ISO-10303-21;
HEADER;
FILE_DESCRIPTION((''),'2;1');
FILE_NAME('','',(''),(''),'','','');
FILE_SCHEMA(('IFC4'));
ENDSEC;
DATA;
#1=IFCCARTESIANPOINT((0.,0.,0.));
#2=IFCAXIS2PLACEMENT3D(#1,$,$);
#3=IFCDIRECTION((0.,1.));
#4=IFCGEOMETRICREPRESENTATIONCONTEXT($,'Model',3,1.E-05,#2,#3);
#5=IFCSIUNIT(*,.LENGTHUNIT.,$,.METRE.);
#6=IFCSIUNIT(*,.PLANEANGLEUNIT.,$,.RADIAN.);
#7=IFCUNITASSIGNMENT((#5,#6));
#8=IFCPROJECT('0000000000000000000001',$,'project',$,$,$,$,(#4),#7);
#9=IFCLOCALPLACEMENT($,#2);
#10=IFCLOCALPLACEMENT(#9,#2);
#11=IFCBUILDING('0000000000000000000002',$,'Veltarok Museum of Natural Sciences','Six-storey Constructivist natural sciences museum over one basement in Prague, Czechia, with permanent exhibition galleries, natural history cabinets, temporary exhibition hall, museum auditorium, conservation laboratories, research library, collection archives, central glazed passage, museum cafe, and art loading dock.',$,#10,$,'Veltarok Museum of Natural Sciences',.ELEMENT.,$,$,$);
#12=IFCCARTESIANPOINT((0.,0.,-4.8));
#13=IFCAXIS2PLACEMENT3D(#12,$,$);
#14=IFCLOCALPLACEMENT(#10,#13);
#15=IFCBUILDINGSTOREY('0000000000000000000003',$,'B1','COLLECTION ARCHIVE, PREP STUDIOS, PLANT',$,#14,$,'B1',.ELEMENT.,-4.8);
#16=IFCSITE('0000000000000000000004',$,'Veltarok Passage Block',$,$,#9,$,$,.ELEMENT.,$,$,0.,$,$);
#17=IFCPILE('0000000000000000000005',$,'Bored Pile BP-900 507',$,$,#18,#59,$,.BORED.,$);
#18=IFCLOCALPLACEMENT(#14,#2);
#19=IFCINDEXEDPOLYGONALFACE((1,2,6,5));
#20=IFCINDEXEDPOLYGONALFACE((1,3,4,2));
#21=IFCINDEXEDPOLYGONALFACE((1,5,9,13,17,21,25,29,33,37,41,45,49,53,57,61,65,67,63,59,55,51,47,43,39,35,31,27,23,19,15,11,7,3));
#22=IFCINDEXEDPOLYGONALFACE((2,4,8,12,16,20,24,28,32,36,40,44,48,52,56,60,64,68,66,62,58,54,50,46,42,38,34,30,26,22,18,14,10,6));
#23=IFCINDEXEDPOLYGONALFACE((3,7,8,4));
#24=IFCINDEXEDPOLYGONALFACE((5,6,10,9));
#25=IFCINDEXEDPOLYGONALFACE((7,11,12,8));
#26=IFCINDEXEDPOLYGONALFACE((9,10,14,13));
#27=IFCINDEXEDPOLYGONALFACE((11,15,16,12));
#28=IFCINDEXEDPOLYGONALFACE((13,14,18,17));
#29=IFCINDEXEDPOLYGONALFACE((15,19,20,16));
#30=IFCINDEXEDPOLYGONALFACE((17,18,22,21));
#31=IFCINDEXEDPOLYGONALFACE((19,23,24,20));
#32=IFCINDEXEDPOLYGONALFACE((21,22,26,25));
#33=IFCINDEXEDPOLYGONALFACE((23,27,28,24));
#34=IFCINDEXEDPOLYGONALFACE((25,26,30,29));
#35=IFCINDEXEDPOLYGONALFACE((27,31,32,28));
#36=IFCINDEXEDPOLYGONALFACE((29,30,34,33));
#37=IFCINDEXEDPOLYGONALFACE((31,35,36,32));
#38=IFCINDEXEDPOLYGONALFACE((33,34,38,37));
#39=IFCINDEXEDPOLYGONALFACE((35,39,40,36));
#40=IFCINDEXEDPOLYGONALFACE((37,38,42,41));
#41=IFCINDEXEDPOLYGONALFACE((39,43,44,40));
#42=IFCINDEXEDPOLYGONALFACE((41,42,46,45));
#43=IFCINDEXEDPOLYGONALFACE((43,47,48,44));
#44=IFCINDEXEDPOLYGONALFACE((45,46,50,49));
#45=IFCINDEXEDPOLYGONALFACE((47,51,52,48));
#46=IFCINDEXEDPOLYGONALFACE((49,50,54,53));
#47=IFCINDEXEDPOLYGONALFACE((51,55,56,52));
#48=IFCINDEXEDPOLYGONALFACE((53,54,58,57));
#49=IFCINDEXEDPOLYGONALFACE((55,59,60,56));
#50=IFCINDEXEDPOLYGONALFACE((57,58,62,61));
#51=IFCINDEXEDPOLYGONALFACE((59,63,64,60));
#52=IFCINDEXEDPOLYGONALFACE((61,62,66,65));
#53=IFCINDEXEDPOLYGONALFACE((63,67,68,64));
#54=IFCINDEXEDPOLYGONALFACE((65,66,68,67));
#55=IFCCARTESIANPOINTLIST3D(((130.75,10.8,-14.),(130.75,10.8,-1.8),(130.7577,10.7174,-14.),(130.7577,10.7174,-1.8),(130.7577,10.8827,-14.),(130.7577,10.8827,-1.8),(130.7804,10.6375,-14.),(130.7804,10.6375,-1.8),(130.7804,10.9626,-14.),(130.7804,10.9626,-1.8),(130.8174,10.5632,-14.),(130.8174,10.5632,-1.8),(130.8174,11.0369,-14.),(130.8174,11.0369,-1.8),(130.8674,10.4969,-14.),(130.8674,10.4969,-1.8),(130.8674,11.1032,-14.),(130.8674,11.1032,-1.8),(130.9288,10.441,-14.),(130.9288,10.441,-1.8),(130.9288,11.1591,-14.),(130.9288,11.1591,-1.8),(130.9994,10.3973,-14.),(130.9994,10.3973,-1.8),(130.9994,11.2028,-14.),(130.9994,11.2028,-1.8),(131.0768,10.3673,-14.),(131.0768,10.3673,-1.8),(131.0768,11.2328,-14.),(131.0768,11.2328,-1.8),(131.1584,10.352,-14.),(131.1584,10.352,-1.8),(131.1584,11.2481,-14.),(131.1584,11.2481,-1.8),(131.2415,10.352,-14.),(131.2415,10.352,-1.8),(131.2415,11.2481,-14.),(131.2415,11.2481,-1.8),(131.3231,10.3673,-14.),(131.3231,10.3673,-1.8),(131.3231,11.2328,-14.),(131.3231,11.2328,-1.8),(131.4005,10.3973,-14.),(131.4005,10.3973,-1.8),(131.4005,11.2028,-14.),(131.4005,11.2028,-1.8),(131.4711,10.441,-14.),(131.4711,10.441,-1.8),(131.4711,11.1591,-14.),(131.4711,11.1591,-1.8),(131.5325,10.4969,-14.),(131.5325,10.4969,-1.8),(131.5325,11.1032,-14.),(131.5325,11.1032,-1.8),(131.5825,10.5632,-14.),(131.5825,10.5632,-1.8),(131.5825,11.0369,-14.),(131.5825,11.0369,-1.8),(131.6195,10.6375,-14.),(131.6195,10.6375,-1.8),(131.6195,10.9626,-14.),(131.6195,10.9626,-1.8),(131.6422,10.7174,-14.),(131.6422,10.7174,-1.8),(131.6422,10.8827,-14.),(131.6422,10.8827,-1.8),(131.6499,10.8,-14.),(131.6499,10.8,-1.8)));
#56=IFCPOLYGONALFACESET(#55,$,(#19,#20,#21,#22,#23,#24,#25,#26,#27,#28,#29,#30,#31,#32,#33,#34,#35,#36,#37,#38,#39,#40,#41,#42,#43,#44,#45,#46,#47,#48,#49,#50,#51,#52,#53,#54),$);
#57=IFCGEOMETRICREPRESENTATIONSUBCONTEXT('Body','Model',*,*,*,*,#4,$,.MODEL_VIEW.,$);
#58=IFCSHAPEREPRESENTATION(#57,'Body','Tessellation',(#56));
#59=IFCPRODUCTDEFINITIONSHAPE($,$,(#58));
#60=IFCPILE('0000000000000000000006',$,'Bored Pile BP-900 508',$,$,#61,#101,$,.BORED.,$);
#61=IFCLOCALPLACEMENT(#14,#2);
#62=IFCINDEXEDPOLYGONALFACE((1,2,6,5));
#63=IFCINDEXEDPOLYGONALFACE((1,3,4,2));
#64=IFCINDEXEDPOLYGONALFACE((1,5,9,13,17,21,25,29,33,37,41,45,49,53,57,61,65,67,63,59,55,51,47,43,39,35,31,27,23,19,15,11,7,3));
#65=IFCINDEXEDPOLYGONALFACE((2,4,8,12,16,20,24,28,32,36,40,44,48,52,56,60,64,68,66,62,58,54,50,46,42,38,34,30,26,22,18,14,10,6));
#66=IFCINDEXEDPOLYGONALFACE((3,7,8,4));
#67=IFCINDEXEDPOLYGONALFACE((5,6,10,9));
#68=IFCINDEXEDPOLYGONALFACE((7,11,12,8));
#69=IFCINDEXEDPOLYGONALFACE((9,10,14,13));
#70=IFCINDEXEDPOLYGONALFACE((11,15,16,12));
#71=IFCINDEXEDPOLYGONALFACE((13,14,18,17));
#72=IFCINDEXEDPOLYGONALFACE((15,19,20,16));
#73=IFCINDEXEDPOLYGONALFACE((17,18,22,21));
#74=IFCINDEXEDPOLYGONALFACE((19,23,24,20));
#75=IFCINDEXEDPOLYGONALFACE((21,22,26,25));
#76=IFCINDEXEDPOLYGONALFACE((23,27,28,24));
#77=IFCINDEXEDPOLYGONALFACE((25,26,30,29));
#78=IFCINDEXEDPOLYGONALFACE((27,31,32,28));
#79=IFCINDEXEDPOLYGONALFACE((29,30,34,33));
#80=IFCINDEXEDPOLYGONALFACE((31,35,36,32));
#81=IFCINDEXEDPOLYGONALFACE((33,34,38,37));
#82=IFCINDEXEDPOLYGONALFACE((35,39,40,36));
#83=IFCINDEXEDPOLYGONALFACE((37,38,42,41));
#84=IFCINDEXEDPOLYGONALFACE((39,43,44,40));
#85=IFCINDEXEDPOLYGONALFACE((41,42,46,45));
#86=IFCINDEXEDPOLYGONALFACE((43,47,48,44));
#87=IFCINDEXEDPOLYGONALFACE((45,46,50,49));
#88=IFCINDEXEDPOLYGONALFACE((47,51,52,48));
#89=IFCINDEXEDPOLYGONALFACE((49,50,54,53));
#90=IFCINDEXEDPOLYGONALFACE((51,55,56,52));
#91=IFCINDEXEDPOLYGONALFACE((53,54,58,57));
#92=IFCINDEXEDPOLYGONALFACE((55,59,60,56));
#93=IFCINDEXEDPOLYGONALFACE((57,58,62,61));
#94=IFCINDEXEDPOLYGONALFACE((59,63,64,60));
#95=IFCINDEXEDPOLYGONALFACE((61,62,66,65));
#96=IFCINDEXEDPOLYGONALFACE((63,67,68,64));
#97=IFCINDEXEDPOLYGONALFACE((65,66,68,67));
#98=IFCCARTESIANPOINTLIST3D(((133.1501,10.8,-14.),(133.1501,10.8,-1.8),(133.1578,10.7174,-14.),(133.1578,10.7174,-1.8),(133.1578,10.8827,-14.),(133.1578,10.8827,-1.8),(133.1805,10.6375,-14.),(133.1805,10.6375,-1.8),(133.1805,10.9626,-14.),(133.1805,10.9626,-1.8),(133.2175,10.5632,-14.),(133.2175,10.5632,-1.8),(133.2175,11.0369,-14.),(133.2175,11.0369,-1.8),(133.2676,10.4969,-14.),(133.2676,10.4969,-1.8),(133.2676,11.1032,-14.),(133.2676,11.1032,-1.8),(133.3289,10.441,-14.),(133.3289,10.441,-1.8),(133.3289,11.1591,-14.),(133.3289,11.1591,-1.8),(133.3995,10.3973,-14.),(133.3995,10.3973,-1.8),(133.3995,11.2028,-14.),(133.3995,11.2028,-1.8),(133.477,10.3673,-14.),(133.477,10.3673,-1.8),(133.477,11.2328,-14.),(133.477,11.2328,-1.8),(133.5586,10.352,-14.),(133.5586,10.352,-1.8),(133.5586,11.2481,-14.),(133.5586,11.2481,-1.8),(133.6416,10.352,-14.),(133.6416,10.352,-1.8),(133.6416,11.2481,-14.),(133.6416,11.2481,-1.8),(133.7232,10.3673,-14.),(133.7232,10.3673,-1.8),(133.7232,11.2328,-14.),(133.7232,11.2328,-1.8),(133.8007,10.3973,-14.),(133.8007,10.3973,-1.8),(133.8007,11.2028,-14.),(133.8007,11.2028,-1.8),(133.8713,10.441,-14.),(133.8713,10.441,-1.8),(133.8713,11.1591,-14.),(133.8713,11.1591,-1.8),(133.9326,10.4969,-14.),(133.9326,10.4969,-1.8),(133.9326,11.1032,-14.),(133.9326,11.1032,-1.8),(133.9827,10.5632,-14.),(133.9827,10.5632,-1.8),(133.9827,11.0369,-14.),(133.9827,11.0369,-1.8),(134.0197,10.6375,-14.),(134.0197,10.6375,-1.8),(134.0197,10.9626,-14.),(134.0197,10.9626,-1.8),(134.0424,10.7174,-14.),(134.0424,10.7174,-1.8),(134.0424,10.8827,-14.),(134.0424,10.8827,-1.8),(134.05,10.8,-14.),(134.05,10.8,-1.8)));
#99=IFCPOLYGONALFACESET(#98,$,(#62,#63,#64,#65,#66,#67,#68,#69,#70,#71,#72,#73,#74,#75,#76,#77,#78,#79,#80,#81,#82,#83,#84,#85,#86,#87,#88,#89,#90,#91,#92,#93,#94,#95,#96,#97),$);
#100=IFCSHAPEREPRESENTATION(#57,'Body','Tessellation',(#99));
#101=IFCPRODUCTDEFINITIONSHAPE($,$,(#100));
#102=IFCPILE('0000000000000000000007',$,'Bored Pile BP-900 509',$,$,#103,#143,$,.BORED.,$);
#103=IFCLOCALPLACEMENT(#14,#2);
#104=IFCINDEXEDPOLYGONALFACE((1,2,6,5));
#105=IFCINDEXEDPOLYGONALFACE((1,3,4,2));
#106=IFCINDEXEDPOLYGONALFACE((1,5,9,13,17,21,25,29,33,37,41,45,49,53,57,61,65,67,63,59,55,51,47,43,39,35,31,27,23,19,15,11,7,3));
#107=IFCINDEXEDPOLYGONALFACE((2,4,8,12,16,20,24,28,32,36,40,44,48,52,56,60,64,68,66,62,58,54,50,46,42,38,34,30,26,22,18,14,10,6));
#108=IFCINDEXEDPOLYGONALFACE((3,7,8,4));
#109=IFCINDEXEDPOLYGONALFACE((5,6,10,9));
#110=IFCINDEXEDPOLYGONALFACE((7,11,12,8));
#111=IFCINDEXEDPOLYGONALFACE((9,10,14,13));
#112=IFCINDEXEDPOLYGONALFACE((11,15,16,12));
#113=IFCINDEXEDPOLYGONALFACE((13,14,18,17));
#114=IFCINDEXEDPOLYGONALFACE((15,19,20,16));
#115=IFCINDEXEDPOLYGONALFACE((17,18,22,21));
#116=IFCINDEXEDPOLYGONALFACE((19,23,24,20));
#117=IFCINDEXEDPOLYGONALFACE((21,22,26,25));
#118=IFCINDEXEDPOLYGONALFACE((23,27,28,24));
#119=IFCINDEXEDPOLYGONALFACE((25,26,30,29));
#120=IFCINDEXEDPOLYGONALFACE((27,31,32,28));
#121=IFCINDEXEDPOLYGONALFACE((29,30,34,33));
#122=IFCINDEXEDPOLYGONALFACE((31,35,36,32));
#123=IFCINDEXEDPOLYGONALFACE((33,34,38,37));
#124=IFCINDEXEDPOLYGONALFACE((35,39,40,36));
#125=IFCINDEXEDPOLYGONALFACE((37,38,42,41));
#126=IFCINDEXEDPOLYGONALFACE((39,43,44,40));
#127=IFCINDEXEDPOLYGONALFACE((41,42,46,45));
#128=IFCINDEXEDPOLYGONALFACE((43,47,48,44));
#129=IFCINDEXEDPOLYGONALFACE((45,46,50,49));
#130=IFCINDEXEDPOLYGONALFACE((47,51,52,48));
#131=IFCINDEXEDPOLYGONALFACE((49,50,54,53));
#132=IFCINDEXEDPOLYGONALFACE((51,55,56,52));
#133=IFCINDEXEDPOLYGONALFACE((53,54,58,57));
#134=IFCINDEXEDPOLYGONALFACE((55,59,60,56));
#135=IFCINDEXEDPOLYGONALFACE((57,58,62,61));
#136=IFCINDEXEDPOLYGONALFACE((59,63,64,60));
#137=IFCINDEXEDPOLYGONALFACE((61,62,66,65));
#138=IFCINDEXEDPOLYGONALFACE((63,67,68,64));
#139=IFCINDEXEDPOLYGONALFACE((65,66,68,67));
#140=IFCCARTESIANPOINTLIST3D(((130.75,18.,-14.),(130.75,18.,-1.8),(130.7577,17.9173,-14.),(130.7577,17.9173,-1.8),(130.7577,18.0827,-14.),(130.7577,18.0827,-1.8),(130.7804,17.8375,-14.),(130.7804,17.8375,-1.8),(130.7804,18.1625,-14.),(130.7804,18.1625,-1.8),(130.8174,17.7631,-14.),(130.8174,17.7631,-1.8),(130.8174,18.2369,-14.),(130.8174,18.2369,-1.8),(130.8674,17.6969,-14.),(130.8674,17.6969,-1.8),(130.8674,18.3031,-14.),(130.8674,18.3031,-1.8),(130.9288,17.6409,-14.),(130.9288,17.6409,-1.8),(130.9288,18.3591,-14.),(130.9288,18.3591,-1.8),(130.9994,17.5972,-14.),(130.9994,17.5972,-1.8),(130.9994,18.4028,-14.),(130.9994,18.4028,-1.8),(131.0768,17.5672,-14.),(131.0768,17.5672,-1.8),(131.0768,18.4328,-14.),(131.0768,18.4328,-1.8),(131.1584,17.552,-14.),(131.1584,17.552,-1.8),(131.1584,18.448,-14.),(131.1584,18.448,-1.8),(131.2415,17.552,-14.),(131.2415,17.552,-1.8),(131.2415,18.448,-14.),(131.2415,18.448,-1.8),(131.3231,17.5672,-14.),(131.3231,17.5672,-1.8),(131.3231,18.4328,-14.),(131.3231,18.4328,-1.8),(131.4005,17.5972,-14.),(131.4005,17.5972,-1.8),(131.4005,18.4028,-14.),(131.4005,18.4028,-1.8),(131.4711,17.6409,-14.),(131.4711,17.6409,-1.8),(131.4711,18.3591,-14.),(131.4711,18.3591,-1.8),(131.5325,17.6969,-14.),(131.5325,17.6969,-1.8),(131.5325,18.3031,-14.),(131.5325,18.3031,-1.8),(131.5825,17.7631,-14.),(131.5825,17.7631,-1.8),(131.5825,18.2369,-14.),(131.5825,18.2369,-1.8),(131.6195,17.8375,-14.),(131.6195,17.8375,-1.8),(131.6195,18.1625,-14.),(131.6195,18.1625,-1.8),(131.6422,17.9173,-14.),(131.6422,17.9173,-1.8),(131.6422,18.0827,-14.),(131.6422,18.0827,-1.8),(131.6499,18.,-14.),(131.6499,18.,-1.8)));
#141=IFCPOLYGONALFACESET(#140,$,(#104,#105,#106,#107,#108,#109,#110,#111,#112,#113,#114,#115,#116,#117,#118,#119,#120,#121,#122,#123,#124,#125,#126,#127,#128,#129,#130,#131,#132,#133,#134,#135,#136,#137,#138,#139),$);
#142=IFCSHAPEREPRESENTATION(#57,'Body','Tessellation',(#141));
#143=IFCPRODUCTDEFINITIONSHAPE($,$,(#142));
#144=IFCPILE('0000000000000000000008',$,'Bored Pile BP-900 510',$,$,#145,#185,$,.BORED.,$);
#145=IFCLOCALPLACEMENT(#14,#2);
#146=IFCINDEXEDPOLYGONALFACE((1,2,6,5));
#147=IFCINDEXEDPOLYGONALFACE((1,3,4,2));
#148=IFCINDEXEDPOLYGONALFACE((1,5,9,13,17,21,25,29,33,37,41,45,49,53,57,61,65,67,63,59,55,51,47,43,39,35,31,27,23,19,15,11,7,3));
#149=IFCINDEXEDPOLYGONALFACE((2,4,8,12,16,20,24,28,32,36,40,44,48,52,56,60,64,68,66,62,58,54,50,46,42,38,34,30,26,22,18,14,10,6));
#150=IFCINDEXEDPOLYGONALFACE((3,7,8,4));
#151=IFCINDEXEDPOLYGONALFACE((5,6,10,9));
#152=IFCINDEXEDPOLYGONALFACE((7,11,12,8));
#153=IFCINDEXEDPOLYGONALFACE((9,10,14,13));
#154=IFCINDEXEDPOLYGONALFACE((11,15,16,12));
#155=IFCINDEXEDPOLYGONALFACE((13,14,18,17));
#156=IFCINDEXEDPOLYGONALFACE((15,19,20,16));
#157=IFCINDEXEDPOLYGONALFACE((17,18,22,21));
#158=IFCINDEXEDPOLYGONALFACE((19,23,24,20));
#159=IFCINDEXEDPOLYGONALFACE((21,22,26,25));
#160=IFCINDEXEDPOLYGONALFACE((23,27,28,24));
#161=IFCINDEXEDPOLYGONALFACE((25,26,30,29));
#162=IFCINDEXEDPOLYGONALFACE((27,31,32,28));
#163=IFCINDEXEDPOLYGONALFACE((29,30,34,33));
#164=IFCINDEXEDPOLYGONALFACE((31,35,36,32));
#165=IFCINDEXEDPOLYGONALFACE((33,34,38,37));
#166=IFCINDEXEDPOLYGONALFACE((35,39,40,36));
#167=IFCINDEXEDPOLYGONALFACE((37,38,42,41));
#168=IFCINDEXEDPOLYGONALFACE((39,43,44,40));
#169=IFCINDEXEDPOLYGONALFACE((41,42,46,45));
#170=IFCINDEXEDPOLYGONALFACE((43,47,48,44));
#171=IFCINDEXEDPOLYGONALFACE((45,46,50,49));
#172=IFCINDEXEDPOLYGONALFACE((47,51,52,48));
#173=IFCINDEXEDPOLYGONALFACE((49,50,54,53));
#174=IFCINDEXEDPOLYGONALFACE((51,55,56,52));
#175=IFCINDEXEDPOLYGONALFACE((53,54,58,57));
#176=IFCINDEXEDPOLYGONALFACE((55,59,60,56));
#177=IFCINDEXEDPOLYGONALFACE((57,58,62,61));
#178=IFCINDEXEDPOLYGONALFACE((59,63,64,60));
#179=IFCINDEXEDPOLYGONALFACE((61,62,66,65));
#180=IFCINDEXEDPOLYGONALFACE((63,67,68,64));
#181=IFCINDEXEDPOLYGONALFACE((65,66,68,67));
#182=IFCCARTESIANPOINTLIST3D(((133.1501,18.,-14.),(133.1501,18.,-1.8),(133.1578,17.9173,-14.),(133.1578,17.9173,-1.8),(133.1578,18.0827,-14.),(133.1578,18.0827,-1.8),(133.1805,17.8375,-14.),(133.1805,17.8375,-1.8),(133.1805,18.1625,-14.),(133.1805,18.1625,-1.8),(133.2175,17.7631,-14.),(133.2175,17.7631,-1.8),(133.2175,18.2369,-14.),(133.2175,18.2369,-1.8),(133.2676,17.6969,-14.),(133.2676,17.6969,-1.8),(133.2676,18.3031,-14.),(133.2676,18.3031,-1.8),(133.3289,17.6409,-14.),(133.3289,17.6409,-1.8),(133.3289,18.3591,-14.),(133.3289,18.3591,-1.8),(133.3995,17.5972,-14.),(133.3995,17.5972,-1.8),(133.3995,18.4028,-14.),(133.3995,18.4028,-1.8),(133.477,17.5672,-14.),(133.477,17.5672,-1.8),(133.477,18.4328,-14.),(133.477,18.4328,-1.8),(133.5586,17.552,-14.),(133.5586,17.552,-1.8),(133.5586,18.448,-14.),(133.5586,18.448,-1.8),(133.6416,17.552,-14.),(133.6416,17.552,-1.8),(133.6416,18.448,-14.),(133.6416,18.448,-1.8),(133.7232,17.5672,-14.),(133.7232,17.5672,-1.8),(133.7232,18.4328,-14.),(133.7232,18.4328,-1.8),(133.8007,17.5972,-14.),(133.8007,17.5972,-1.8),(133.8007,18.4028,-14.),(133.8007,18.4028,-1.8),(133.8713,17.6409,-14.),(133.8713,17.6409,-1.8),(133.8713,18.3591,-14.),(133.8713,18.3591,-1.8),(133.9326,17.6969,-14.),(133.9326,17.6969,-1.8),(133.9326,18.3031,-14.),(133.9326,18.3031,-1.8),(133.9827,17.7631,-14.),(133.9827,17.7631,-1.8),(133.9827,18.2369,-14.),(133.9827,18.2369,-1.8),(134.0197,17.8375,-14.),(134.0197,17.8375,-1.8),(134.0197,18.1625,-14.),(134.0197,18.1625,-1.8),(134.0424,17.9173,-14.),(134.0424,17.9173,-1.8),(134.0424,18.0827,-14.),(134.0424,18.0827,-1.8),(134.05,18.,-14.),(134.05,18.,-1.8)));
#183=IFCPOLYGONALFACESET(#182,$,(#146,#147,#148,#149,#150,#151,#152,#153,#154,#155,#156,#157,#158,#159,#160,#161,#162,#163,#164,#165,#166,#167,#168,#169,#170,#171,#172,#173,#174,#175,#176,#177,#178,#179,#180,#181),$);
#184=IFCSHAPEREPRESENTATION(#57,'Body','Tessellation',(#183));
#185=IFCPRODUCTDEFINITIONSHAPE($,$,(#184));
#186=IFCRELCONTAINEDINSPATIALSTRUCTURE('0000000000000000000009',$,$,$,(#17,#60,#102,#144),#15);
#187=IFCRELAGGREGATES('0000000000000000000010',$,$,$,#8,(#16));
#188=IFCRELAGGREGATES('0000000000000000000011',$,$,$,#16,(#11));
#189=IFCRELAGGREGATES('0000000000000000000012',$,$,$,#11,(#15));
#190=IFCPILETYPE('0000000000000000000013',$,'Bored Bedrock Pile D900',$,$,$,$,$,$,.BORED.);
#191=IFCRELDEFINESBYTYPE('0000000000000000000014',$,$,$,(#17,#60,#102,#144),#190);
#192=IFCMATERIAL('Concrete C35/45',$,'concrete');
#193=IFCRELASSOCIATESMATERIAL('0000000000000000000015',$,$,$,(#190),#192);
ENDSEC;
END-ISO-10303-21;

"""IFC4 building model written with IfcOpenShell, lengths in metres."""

from ifc_helpers import new_model, si_unit, direction, frame, origin, origin_2d, place, context, subcontext, project, spatial, circle, extrude, material, material_profile, profile_set, type_object, element, save


model = new_model("IFC4")

# Units and contexts
model_context = context("Model", 3, precision=1e-05, world=origin(), true_north=direction((0.0, 1.0)))
body_context = subcontext(model_context, "Body", "Model", "MODEL_VIEW")
ifc_project = project(units=[si_unit("LENGTHUNIT", "METRE"), si_unit("PLANEANGLEUNIT", "RADIAN")], contexts=[model_context])

# Site, building, storey
site_placement = place(None, origin())
site = spatial("IfcSite", under=ifc_project, at=site_placement, Name="Veltarok Passage Block", CompositionType="ELEMENT", RefElevation=0.0)
building_placement = place(site_placement, origin())
building = spatial("IfcBuilding", under=site, at=building_placement, Name="Veltarok Museum of Natural Sciences", Description="Six-storey Constructivist natural sciences museum over one basement in Prague, Czechia, with permanent exhibition galleries, natural history cabinets, temporary exhibition hall, museum auditorium, conservation laboratories, research library, collection archives, central glazed passage, museum cafe, and art loading dock.", LongName="Veltarok Museum of Natural Sciences", CompositionType="ELEMENT")
storey_placement = place(building_placement, frame((0.0, 0.0, -4.8)))
storey = spatial("IfcBuildingStorey", under=building, at=storey_placement, Name="B1", Description="COLLECTION ARCHIVE, PREP STUDIOS, PLANT", LongName="B1", CompositionType="ELEMENT", Elevation=-4.8)

# Piles
ifc_material_1 = material(Name="Concrete C35/45", Category="concrete")
ifc_material_profile_1 = material_profile(ifc_material_1, circle(Radius=0.45, at=origin_2d()), Name="BP D900")
ifc_profile_set_1 = profile_set([ifc_material_profile_1], Name="Concrete C35/45")
pile_type = type_object("IfcPileType", Name="Bored Bedrock Pile D900", PredefinedType="BORED", material=ifc_profile_set_1)
for number, where, z_axis, x_axis, name in (
    (1, (131.2, 10.8, -1.8), (0.0, 0.0, -1.0), (1.0, 0.0, 0.0), "Bored Pile BP-900 507"),
    (2, (133.6001, 10.8, -1.8), (0.0, 0.0, -1.0), (1.0, 0.0, 0.0), "Bored Pile BP-900 508"),
    (3, (131.2, 18.0, -1.8), (0.0, 0.0, -1.0), (1.0, 0.0, 0.0), "Bored Pile BP-900 509"),
    (4, (133.6001, 18.0, -1.8), (0.0, 0.0, -1.0), (1.0, 0.0, 0.0), "Bored Pile BP-900 510"),
):
    element("IfcPile", number, at=place(storey_placement, frame(where, z_axis=z_axis, x_axis=x_axis)), inside=storey, type_object=pile_type, Name=name, PredefinedType="BORED", context=body_context, shape_type="SweptSolid", body=[
        extrude(circle(Radius=0.45, at=origin_2d()), origin(), (0.0, 0.0, 1.0), 12.2),
    ])

save(model, "model.ifc")
